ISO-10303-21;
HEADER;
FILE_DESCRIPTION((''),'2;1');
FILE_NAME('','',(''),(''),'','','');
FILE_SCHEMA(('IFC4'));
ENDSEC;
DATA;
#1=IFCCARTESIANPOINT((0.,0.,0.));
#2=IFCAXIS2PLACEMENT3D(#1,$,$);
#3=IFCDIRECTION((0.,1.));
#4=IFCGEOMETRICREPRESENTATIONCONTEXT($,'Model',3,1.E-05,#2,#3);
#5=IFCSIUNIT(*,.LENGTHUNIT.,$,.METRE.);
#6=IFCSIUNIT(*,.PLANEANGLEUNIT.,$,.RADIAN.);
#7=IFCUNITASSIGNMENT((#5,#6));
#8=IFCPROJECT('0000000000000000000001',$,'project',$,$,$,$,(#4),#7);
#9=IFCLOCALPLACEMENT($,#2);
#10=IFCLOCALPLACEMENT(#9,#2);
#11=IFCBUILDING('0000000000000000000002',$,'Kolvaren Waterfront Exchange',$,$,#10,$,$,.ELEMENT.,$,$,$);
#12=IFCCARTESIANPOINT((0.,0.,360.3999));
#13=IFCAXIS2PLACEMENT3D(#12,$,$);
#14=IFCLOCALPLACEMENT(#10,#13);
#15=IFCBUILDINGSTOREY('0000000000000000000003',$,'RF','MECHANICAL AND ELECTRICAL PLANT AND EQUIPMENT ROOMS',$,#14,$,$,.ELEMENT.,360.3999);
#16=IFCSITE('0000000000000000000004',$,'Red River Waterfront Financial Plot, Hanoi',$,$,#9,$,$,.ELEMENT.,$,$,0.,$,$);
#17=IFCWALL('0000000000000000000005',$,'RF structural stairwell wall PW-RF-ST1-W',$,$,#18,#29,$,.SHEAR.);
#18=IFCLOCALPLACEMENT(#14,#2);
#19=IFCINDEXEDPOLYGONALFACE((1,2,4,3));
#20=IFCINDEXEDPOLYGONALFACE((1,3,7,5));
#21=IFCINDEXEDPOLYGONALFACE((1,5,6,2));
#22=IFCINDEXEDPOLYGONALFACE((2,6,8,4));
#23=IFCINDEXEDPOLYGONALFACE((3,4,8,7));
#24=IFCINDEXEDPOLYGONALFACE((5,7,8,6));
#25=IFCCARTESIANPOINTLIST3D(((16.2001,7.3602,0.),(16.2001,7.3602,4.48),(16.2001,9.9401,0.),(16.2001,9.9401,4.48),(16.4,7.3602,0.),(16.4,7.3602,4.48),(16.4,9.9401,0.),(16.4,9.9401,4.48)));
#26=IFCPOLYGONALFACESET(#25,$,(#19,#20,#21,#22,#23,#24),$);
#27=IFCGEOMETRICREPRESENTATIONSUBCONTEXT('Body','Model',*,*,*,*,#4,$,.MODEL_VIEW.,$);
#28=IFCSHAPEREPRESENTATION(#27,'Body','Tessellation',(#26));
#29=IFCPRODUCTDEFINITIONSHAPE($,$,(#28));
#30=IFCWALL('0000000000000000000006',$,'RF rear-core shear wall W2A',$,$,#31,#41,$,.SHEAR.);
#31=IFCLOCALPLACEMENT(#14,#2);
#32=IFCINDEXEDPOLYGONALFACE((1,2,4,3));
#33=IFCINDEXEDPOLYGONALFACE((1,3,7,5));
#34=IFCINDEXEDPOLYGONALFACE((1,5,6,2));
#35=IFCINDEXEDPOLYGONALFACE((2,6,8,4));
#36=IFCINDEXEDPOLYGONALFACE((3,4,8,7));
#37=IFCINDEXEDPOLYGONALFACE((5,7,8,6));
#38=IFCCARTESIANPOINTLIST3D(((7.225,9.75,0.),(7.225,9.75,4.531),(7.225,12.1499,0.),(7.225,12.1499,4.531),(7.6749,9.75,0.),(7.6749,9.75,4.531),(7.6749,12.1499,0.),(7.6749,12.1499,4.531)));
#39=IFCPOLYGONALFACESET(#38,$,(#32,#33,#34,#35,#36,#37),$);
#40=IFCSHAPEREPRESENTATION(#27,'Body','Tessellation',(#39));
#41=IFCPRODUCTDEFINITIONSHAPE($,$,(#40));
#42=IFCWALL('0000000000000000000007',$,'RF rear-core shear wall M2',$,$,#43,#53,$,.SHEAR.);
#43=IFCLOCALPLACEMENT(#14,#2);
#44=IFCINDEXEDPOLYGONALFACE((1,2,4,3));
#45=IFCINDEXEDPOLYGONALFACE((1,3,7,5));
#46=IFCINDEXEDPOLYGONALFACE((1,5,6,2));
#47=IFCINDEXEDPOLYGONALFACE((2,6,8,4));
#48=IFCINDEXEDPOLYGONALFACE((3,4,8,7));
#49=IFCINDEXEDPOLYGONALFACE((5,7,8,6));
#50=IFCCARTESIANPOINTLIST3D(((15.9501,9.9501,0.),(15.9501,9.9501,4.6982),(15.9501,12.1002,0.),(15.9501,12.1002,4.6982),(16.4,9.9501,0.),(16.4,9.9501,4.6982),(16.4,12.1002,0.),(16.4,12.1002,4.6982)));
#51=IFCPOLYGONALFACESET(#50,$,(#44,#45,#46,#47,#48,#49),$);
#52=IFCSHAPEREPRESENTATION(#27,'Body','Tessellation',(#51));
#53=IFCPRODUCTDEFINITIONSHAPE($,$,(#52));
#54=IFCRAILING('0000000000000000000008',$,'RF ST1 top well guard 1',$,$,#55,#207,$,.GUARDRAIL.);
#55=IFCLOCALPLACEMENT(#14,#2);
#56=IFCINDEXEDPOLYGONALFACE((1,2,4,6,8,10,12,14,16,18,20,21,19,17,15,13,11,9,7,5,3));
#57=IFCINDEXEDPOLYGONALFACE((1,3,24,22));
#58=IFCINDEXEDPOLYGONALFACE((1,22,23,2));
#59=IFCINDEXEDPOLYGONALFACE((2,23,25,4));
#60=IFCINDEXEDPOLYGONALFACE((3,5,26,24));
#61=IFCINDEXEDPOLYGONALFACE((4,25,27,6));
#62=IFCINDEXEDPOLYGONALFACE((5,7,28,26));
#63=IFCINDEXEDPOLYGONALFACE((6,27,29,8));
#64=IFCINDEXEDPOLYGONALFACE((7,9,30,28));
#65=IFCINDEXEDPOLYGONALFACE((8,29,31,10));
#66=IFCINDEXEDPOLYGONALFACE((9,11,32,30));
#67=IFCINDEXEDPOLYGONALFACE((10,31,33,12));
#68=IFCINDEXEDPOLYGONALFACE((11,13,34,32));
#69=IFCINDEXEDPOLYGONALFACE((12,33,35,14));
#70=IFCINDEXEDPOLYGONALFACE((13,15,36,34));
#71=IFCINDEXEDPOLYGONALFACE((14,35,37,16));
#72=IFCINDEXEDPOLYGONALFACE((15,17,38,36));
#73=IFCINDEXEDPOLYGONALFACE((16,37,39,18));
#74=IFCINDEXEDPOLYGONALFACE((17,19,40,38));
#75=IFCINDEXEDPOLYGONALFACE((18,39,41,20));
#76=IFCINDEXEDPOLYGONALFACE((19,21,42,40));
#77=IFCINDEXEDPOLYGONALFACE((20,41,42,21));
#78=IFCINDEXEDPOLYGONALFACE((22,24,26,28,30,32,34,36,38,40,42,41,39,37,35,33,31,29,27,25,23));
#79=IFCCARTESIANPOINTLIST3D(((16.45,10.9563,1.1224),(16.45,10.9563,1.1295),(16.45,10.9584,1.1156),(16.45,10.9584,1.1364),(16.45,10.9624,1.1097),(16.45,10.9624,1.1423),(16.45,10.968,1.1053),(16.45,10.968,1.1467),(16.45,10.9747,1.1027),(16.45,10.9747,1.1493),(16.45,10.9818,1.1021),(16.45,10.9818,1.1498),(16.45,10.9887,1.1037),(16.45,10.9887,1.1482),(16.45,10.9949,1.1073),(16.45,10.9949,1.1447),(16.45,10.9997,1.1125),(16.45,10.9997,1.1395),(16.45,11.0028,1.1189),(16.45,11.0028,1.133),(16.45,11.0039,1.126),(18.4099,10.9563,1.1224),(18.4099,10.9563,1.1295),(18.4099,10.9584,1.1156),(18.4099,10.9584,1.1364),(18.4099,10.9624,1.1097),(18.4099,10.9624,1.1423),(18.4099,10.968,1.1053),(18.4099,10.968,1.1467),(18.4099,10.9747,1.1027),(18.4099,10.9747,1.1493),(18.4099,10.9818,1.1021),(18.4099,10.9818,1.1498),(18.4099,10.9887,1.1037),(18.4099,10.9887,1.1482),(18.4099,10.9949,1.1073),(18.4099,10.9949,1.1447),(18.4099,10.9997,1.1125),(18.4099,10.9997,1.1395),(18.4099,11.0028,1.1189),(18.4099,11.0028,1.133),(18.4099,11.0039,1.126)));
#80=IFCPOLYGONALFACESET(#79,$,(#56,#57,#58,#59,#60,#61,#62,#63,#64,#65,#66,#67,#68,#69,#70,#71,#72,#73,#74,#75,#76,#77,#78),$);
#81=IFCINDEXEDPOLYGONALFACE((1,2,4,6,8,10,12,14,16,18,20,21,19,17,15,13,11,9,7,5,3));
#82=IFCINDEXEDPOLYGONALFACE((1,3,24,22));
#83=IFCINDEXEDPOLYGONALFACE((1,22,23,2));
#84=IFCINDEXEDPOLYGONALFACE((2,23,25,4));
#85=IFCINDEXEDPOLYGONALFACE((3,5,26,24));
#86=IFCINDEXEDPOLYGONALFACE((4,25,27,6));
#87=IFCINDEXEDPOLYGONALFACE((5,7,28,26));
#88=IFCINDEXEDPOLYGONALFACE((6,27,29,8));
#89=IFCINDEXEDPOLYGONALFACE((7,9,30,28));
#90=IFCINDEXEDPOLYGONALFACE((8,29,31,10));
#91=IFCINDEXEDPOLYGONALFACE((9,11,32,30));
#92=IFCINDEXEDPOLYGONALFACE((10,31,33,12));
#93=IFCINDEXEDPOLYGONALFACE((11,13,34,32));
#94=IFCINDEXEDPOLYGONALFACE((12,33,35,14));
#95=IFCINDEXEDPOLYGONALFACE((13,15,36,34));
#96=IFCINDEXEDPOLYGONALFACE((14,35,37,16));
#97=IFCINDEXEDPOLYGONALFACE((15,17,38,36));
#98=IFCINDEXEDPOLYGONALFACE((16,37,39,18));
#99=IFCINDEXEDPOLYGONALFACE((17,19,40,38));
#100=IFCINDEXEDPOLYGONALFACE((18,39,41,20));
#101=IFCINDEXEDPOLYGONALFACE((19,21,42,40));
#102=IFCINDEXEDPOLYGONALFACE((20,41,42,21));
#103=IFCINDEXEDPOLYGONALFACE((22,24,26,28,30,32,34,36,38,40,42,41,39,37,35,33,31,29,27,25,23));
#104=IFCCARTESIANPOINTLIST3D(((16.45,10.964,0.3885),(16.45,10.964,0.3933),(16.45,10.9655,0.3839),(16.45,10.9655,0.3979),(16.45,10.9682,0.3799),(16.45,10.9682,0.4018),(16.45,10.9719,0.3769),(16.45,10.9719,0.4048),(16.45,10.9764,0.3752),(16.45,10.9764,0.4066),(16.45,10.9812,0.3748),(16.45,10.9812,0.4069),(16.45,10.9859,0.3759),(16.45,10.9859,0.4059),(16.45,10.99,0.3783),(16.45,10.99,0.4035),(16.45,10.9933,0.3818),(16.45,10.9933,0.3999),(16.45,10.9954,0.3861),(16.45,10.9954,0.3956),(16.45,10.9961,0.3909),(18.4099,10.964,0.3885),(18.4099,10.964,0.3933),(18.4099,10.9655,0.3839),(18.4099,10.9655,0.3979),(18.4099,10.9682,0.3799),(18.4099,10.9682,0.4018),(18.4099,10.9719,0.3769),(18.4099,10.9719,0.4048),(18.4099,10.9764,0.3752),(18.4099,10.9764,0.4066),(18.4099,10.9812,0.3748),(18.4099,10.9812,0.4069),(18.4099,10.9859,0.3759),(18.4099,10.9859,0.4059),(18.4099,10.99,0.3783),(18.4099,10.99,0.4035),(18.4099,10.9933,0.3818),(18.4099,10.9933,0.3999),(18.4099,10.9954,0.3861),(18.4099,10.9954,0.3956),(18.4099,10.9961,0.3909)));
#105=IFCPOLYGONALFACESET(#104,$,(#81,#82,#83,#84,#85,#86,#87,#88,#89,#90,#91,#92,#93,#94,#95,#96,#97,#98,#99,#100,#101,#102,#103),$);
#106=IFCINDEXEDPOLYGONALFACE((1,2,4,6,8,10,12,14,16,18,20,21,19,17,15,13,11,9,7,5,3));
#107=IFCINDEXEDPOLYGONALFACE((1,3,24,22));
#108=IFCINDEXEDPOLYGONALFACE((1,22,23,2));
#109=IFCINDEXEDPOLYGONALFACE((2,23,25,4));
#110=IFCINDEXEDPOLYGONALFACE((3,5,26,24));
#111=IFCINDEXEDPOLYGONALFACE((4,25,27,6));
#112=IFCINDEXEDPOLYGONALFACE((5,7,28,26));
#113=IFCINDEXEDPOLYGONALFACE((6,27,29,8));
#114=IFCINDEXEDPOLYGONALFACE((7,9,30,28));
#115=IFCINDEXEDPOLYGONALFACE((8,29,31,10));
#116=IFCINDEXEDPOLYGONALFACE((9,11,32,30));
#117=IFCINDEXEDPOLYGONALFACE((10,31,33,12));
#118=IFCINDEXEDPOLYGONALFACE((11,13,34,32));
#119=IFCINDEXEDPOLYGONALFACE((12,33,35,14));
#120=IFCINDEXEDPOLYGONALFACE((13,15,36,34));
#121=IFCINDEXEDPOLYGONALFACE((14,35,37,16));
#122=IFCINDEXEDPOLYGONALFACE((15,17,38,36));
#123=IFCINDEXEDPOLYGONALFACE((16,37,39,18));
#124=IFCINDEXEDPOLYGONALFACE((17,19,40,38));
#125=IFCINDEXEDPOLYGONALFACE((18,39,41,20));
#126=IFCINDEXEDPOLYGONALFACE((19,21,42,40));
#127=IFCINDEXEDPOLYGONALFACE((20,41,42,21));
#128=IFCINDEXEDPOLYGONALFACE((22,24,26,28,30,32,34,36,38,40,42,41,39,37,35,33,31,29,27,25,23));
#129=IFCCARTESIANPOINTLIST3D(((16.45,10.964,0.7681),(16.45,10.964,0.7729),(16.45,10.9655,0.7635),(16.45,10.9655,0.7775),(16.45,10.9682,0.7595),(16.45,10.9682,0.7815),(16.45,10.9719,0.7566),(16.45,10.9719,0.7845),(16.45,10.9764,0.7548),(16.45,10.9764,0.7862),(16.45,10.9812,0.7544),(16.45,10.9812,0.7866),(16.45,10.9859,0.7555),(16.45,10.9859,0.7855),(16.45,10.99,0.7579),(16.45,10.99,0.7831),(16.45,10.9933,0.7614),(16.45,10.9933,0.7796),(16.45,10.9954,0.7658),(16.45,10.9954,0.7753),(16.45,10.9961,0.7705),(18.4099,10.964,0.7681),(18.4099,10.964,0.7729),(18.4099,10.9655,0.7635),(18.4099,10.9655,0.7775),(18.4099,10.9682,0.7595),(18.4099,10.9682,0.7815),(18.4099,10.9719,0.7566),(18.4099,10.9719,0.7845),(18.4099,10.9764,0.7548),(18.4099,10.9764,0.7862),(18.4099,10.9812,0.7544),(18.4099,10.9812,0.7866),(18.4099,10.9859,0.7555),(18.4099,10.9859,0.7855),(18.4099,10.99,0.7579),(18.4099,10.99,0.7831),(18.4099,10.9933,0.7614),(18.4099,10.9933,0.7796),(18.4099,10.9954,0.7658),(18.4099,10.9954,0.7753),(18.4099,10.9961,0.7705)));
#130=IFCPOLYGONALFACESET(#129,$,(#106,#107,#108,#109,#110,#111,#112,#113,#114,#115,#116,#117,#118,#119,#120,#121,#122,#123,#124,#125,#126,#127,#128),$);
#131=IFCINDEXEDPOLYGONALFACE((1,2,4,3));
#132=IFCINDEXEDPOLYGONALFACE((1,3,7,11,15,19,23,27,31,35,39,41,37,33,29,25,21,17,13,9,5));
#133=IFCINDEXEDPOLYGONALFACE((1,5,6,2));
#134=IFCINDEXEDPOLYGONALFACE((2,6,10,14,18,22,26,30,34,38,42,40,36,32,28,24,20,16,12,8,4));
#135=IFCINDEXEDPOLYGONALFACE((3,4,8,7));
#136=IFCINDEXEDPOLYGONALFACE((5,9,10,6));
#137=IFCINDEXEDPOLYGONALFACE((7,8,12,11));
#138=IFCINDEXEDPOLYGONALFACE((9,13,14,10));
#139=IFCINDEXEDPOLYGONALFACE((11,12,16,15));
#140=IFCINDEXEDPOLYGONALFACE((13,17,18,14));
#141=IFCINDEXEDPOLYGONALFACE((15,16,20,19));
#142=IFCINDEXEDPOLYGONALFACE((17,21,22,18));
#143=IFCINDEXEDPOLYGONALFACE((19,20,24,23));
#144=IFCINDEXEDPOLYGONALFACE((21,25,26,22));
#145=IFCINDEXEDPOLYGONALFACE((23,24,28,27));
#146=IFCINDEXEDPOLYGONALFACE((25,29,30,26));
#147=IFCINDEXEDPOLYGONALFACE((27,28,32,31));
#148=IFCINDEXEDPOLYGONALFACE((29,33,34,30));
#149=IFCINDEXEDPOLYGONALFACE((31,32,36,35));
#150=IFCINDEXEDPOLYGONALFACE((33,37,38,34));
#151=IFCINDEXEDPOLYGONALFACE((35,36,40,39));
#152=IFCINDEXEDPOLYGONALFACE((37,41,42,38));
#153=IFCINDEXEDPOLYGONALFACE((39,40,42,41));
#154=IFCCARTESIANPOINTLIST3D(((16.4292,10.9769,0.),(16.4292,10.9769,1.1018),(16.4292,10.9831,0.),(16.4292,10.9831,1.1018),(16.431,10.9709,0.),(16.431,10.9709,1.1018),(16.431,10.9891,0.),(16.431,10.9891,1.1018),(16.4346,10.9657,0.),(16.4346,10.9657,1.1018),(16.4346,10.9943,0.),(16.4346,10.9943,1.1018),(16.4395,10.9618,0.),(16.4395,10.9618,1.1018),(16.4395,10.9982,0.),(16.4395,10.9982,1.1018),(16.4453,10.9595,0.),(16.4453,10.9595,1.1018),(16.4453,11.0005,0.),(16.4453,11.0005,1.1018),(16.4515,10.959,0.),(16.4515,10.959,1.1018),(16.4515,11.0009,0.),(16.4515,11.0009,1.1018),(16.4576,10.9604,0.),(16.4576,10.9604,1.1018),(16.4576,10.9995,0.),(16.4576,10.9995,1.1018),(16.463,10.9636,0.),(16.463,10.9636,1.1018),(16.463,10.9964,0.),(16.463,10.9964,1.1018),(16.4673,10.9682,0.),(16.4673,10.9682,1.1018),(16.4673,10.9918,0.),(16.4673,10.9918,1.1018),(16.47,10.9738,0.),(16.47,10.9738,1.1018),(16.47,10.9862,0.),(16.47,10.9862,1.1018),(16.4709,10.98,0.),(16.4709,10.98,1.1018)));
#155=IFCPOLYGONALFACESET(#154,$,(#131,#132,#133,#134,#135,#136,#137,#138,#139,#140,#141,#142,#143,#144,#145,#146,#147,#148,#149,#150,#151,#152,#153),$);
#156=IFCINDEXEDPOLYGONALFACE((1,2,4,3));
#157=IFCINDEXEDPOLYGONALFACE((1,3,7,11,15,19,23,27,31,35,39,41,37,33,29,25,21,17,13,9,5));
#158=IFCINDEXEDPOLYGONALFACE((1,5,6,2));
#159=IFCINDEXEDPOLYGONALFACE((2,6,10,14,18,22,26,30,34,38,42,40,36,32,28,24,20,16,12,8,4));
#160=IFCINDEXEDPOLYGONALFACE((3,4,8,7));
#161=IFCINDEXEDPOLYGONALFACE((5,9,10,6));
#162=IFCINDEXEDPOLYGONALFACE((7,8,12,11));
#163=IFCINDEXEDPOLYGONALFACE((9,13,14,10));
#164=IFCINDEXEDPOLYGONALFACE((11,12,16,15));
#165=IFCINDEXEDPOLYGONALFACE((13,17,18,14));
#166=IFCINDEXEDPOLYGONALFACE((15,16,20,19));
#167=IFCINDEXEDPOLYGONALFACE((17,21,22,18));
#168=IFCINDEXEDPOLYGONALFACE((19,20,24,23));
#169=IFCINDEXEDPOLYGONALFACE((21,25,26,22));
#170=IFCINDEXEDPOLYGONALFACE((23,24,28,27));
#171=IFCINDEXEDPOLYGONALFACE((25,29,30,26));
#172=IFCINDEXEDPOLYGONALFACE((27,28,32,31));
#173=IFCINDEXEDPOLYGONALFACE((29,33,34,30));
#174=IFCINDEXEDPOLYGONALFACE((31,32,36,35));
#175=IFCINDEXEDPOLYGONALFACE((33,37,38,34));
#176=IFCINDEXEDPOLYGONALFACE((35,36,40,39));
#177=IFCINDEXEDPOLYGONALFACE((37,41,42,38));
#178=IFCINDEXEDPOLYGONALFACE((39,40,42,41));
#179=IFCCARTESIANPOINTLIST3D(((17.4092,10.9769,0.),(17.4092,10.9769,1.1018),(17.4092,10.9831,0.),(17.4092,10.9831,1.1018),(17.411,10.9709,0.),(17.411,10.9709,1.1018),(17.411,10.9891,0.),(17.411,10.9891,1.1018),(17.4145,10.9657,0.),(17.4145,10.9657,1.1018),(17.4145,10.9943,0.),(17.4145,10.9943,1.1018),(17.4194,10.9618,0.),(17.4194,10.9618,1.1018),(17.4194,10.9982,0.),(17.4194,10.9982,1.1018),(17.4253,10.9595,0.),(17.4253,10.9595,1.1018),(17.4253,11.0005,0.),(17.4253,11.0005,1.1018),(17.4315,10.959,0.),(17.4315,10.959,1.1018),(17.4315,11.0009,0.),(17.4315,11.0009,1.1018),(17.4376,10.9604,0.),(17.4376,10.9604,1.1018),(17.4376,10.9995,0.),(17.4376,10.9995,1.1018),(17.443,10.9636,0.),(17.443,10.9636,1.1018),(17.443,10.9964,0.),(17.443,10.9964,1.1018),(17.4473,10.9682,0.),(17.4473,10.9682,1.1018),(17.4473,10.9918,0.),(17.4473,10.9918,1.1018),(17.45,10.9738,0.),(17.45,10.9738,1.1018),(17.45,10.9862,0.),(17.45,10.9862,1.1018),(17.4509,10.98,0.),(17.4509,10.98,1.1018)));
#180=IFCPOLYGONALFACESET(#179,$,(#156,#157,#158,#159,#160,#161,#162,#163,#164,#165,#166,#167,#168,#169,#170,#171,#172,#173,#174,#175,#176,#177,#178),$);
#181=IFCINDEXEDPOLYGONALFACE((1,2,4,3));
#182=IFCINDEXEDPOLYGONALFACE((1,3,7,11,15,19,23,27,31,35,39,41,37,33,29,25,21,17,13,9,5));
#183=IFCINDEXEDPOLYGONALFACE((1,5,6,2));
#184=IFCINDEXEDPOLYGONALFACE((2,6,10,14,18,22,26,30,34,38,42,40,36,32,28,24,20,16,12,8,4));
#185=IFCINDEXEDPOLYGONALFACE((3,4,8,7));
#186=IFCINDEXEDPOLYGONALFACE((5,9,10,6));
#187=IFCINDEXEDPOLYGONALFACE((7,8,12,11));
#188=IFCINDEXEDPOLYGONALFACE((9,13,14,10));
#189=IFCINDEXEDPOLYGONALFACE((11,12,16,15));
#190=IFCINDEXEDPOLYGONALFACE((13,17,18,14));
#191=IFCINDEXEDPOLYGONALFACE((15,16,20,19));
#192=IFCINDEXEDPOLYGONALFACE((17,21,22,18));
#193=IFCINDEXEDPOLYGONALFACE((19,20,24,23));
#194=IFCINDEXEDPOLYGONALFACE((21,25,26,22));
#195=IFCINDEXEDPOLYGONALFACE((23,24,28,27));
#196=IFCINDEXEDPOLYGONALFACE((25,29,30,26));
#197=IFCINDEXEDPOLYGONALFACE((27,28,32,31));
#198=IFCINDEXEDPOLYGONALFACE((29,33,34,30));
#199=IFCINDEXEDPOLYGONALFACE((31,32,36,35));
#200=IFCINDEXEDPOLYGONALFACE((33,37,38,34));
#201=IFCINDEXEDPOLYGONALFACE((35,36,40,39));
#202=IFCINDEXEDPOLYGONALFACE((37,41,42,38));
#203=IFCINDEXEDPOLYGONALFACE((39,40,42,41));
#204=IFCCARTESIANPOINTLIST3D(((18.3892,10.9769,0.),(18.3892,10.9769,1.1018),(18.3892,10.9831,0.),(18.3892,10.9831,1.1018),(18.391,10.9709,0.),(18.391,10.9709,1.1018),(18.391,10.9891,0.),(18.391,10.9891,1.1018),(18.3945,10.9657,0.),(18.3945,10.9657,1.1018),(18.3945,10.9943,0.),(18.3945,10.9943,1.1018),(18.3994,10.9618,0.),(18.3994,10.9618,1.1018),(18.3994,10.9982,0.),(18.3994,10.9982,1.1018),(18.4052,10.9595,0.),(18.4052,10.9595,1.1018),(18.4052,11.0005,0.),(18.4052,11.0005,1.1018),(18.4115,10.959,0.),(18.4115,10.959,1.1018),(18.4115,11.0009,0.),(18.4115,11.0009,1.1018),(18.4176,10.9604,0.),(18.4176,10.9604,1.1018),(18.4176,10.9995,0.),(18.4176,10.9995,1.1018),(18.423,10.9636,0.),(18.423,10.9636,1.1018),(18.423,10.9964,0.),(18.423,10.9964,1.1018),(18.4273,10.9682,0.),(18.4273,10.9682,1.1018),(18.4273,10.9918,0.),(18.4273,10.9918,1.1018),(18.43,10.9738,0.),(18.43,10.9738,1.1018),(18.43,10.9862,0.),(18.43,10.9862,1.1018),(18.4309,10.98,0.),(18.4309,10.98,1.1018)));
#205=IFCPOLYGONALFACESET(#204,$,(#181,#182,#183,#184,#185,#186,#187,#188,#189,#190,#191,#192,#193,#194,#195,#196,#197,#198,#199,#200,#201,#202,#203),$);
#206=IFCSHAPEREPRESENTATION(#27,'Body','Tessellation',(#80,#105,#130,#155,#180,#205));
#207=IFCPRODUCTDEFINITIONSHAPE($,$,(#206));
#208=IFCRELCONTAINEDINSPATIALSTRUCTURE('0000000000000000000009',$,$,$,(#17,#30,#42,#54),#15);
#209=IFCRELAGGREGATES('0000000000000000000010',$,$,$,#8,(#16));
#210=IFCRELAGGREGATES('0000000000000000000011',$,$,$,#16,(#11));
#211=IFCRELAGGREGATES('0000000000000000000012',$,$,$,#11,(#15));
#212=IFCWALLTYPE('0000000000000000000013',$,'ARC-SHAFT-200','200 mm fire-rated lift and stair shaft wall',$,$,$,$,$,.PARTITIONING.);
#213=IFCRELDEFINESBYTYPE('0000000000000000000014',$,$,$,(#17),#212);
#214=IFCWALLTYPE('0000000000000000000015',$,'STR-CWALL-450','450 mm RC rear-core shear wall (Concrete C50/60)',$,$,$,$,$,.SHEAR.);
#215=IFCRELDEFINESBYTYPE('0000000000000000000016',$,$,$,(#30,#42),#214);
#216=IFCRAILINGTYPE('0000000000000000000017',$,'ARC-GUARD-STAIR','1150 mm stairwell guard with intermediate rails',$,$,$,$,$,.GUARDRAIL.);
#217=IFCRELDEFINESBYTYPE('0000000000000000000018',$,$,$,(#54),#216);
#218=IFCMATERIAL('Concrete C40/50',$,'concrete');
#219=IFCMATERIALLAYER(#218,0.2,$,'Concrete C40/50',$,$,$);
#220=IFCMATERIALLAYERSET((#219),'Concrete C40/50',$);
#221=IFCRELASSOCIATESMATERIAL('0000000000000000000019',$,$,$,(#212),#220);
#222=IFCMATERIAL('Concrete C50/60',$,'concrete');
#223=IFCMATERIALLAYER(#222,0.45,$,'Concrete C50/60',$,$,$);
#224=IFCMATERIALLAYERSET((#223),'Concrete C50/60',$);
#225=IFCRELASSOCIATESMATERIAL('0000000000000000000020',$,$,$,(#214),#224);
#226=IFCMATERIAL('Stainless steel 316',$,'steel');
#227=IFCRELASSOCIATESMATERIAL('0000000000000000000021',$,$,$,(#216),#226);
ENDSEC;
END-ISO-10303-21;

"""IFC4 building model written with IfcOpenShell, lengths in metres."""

from ifc_helpers import new_model, si_unit, direction, frame, frame_2d, origin, origin_2d, place, context, subcontext, project, spatial, rectangle, circle, extrude, material, layer, layer_set, type_object, element, save


model = new_model("IFC4")

# Units and contexts
model_context = context("Model", 3, precision=1e-05, world=origin(), true_north=direction((0.0, 1.0)))
body_context = subcontext(model_context, "Body", "Model", "MODEL_VIEW")
ifc_project = project(units=[si_unit("LENGTHUNIT", "METRE"), si_unit("PLANEANGLEUNIT", "RADIAN")], contexts=[model_context])

# Site, building, storey
site_placement = place(None, origin())
site = spatial("IfcSite", under=ifc_project, at=site_placement, Name="Red River Waterfront Financial Plot, Hanoi", CompositionType="ELEMENT", RefElevation=0.0)
building_placement = place(site_placement, origin())
building = spatial("IfcBuilding", under=site, at=building_placement, Name="Kolvaren Waterfront Exchange", CompositionType="ELEMENT")
storey_placement = place(building_placement, frame((0.0, 0.0, 360.3999)))
storey = spatial("IfcBuildingStorey", under=building, at=storey_placement, Name="RF", Description="MECHANICAL AND ELECTRICAL PLANT AND EQUIPMENT ROOMS", CompositionType="ELEMENT", Elevation=360.3999)

# Walls
ifc_material_1 = material(Name="Concrete C40/50", Category="concrete")
ifc_layer_1 = layer(ifc_material_1, 0.2, Name="Concrete C40/50")
ifc_layer_set_1 = layer_set([ifc_layer_1], Name="Concrete C40/50")
wall_type_1 = type_object("IfcWallType", Name="ARC-SHAFT-200", Description="200 mm fire-rated lift and stair shaft wall", PredefinedType="PARTITIONING", material=ifc_layer_set_1)
wall_1_placement = place(storey_placement, frame((16.3, 7.3601, 0.0), z_axis=(0.0, 0.0, 1.0), x_axis=(0.0, 1.0, 0.0)))
element("IfcWall", 1, at=wall_1_placement, inside=storey, type_object=wall_type_1, Name="RF structural stairwell wall PW-RF-ST1-W", PredefinedType="SHEAR", context=body_context, shape_type="SweptSolid", body=[
    extrude(rectangle(XDim=2.5798, YDim=0.2, at=frame_2d((1.29, 0.0))), origin(), (0.0, 0.0, 1.0), 4.48),
])
ifc_material_2 = material(Name="Concrete C50/60", Category="concrete")
ifc_layer_2 = layer(ifc_material_2, 0.45, Name="Concrete C50/60")
ifc_layer_set_2 = layer_set([ifc_layer_2], Name="Concrete C50/60")
wall_type_2 = type_object("IfcWallType", Name="STR-CWALL-450", Description="450 mm RC rear-core shear wall (Concrete C50/60)", PredefinedType="SHEAR", material=ifc_layer_set_2)
wall_2_placement = place(storey_placement, frame((7.45, 9.75, 0.0), z_axis=(0.0, 0.0, 1.0), x_axis=(0.0, 1.0, 0.0)))
element("IfcWall", 2, at=wall_2_placement, inside=storey, type_object=wall_type_2, Name="RF rear-core shear wall W2A", PredefinedType="SHEAR", context=body_context, shape_type="SweptSolid", body=[
    extrude(rectangle(XDim=2.3999, YDim=0.45, at=frame_2d((1.2, 0.0))), origin(), (0.0, 0.0, 1.0), 4.531),
])
wall_3_placement = place(storey_placement, frame((16.175, 9.95, 0.0), z_axis=(0.0, 0.0, 1.0), x_axis=(0.0, 1.0, 0.0)))
element("IfcWall", 3, at=wall_3_placement, inside=storey, type_object=wall_type_2, Name="RF rear-core shear wall M2", PredefinedType="SHEAR", context=body_context, shape_type="SweptSolid", body=[
    extrude(rectangle(XDim=2.1501, YDim=0.45, at=frame_2d((1.0752, 0.0))), origin(), (0.0, 0.0, 1.0), 4.6982),
])

# Railing
ifc_material_3 = material(Name="Stainless steel 316", Category="steel")
railing_type = type_object("IfcRailingType", Name="ARC-GUARD-STAIR", Description="1150 mm stairwell guard with intermediate rails", PredefinedType="GUARDRAIL", material=ifc_material_3)
railing_1_placement = place(storey_placement, frame((16.45, 10.98, 0.0)))
element("IfcRailing", 4, at=railing_1_placement, inside=storey, type_object=railing_type, Name="RF ST1 top well guard 1", PredefinedType="GUARDRAIL", context=body_context, shape_type="SweptSolid", body=[
    extrude(circle(Radius=0.0239, at=origin_2d()), frame((0.0, 0.0, 1.126), z_axis=(1.0, 0.0, 0.0), x_axis=(0.0, 1.0, 0.0)), (0.0, 0.0, 1.0), 1.96),
    extrude(circle(Radius=0.0161, at=origin_2d()), frame((0.0, 0.0, 0.3909), z_axis=(1.0, 0.0, 0.0), x_axis=(0.0, 1.0, 0.0)), (0.0, 0.0, 1.0), 1.96),
    extrude(circle(Radius=0.0161, at=origin_2d()), frame((0.0, 0.0, 0.7705), z_axis=(1.0, 0.0, 0.0), x_axis=(0.0, 1.0, 0.0)), (0.0, 0.0, 1.0), 1.96),
    extrude(circle(Radius=0.021, at=origin_2d()), origin(), (0.0, 0.0, 1.0), 1.1018),
    extrude(circle(Radius=0.021, at=origin_2d()), frame((0.98, 0.0, 0.0)), (0.0, 0.0, 1.0), 1.1018),
    extrude(circle(Radius=0.021, at=origin_2d()), frame((1.96, 0.0, 0.0)), (0.0, 0.0, 1.0), 1.1018),
])

save(model, "model.ifc")
